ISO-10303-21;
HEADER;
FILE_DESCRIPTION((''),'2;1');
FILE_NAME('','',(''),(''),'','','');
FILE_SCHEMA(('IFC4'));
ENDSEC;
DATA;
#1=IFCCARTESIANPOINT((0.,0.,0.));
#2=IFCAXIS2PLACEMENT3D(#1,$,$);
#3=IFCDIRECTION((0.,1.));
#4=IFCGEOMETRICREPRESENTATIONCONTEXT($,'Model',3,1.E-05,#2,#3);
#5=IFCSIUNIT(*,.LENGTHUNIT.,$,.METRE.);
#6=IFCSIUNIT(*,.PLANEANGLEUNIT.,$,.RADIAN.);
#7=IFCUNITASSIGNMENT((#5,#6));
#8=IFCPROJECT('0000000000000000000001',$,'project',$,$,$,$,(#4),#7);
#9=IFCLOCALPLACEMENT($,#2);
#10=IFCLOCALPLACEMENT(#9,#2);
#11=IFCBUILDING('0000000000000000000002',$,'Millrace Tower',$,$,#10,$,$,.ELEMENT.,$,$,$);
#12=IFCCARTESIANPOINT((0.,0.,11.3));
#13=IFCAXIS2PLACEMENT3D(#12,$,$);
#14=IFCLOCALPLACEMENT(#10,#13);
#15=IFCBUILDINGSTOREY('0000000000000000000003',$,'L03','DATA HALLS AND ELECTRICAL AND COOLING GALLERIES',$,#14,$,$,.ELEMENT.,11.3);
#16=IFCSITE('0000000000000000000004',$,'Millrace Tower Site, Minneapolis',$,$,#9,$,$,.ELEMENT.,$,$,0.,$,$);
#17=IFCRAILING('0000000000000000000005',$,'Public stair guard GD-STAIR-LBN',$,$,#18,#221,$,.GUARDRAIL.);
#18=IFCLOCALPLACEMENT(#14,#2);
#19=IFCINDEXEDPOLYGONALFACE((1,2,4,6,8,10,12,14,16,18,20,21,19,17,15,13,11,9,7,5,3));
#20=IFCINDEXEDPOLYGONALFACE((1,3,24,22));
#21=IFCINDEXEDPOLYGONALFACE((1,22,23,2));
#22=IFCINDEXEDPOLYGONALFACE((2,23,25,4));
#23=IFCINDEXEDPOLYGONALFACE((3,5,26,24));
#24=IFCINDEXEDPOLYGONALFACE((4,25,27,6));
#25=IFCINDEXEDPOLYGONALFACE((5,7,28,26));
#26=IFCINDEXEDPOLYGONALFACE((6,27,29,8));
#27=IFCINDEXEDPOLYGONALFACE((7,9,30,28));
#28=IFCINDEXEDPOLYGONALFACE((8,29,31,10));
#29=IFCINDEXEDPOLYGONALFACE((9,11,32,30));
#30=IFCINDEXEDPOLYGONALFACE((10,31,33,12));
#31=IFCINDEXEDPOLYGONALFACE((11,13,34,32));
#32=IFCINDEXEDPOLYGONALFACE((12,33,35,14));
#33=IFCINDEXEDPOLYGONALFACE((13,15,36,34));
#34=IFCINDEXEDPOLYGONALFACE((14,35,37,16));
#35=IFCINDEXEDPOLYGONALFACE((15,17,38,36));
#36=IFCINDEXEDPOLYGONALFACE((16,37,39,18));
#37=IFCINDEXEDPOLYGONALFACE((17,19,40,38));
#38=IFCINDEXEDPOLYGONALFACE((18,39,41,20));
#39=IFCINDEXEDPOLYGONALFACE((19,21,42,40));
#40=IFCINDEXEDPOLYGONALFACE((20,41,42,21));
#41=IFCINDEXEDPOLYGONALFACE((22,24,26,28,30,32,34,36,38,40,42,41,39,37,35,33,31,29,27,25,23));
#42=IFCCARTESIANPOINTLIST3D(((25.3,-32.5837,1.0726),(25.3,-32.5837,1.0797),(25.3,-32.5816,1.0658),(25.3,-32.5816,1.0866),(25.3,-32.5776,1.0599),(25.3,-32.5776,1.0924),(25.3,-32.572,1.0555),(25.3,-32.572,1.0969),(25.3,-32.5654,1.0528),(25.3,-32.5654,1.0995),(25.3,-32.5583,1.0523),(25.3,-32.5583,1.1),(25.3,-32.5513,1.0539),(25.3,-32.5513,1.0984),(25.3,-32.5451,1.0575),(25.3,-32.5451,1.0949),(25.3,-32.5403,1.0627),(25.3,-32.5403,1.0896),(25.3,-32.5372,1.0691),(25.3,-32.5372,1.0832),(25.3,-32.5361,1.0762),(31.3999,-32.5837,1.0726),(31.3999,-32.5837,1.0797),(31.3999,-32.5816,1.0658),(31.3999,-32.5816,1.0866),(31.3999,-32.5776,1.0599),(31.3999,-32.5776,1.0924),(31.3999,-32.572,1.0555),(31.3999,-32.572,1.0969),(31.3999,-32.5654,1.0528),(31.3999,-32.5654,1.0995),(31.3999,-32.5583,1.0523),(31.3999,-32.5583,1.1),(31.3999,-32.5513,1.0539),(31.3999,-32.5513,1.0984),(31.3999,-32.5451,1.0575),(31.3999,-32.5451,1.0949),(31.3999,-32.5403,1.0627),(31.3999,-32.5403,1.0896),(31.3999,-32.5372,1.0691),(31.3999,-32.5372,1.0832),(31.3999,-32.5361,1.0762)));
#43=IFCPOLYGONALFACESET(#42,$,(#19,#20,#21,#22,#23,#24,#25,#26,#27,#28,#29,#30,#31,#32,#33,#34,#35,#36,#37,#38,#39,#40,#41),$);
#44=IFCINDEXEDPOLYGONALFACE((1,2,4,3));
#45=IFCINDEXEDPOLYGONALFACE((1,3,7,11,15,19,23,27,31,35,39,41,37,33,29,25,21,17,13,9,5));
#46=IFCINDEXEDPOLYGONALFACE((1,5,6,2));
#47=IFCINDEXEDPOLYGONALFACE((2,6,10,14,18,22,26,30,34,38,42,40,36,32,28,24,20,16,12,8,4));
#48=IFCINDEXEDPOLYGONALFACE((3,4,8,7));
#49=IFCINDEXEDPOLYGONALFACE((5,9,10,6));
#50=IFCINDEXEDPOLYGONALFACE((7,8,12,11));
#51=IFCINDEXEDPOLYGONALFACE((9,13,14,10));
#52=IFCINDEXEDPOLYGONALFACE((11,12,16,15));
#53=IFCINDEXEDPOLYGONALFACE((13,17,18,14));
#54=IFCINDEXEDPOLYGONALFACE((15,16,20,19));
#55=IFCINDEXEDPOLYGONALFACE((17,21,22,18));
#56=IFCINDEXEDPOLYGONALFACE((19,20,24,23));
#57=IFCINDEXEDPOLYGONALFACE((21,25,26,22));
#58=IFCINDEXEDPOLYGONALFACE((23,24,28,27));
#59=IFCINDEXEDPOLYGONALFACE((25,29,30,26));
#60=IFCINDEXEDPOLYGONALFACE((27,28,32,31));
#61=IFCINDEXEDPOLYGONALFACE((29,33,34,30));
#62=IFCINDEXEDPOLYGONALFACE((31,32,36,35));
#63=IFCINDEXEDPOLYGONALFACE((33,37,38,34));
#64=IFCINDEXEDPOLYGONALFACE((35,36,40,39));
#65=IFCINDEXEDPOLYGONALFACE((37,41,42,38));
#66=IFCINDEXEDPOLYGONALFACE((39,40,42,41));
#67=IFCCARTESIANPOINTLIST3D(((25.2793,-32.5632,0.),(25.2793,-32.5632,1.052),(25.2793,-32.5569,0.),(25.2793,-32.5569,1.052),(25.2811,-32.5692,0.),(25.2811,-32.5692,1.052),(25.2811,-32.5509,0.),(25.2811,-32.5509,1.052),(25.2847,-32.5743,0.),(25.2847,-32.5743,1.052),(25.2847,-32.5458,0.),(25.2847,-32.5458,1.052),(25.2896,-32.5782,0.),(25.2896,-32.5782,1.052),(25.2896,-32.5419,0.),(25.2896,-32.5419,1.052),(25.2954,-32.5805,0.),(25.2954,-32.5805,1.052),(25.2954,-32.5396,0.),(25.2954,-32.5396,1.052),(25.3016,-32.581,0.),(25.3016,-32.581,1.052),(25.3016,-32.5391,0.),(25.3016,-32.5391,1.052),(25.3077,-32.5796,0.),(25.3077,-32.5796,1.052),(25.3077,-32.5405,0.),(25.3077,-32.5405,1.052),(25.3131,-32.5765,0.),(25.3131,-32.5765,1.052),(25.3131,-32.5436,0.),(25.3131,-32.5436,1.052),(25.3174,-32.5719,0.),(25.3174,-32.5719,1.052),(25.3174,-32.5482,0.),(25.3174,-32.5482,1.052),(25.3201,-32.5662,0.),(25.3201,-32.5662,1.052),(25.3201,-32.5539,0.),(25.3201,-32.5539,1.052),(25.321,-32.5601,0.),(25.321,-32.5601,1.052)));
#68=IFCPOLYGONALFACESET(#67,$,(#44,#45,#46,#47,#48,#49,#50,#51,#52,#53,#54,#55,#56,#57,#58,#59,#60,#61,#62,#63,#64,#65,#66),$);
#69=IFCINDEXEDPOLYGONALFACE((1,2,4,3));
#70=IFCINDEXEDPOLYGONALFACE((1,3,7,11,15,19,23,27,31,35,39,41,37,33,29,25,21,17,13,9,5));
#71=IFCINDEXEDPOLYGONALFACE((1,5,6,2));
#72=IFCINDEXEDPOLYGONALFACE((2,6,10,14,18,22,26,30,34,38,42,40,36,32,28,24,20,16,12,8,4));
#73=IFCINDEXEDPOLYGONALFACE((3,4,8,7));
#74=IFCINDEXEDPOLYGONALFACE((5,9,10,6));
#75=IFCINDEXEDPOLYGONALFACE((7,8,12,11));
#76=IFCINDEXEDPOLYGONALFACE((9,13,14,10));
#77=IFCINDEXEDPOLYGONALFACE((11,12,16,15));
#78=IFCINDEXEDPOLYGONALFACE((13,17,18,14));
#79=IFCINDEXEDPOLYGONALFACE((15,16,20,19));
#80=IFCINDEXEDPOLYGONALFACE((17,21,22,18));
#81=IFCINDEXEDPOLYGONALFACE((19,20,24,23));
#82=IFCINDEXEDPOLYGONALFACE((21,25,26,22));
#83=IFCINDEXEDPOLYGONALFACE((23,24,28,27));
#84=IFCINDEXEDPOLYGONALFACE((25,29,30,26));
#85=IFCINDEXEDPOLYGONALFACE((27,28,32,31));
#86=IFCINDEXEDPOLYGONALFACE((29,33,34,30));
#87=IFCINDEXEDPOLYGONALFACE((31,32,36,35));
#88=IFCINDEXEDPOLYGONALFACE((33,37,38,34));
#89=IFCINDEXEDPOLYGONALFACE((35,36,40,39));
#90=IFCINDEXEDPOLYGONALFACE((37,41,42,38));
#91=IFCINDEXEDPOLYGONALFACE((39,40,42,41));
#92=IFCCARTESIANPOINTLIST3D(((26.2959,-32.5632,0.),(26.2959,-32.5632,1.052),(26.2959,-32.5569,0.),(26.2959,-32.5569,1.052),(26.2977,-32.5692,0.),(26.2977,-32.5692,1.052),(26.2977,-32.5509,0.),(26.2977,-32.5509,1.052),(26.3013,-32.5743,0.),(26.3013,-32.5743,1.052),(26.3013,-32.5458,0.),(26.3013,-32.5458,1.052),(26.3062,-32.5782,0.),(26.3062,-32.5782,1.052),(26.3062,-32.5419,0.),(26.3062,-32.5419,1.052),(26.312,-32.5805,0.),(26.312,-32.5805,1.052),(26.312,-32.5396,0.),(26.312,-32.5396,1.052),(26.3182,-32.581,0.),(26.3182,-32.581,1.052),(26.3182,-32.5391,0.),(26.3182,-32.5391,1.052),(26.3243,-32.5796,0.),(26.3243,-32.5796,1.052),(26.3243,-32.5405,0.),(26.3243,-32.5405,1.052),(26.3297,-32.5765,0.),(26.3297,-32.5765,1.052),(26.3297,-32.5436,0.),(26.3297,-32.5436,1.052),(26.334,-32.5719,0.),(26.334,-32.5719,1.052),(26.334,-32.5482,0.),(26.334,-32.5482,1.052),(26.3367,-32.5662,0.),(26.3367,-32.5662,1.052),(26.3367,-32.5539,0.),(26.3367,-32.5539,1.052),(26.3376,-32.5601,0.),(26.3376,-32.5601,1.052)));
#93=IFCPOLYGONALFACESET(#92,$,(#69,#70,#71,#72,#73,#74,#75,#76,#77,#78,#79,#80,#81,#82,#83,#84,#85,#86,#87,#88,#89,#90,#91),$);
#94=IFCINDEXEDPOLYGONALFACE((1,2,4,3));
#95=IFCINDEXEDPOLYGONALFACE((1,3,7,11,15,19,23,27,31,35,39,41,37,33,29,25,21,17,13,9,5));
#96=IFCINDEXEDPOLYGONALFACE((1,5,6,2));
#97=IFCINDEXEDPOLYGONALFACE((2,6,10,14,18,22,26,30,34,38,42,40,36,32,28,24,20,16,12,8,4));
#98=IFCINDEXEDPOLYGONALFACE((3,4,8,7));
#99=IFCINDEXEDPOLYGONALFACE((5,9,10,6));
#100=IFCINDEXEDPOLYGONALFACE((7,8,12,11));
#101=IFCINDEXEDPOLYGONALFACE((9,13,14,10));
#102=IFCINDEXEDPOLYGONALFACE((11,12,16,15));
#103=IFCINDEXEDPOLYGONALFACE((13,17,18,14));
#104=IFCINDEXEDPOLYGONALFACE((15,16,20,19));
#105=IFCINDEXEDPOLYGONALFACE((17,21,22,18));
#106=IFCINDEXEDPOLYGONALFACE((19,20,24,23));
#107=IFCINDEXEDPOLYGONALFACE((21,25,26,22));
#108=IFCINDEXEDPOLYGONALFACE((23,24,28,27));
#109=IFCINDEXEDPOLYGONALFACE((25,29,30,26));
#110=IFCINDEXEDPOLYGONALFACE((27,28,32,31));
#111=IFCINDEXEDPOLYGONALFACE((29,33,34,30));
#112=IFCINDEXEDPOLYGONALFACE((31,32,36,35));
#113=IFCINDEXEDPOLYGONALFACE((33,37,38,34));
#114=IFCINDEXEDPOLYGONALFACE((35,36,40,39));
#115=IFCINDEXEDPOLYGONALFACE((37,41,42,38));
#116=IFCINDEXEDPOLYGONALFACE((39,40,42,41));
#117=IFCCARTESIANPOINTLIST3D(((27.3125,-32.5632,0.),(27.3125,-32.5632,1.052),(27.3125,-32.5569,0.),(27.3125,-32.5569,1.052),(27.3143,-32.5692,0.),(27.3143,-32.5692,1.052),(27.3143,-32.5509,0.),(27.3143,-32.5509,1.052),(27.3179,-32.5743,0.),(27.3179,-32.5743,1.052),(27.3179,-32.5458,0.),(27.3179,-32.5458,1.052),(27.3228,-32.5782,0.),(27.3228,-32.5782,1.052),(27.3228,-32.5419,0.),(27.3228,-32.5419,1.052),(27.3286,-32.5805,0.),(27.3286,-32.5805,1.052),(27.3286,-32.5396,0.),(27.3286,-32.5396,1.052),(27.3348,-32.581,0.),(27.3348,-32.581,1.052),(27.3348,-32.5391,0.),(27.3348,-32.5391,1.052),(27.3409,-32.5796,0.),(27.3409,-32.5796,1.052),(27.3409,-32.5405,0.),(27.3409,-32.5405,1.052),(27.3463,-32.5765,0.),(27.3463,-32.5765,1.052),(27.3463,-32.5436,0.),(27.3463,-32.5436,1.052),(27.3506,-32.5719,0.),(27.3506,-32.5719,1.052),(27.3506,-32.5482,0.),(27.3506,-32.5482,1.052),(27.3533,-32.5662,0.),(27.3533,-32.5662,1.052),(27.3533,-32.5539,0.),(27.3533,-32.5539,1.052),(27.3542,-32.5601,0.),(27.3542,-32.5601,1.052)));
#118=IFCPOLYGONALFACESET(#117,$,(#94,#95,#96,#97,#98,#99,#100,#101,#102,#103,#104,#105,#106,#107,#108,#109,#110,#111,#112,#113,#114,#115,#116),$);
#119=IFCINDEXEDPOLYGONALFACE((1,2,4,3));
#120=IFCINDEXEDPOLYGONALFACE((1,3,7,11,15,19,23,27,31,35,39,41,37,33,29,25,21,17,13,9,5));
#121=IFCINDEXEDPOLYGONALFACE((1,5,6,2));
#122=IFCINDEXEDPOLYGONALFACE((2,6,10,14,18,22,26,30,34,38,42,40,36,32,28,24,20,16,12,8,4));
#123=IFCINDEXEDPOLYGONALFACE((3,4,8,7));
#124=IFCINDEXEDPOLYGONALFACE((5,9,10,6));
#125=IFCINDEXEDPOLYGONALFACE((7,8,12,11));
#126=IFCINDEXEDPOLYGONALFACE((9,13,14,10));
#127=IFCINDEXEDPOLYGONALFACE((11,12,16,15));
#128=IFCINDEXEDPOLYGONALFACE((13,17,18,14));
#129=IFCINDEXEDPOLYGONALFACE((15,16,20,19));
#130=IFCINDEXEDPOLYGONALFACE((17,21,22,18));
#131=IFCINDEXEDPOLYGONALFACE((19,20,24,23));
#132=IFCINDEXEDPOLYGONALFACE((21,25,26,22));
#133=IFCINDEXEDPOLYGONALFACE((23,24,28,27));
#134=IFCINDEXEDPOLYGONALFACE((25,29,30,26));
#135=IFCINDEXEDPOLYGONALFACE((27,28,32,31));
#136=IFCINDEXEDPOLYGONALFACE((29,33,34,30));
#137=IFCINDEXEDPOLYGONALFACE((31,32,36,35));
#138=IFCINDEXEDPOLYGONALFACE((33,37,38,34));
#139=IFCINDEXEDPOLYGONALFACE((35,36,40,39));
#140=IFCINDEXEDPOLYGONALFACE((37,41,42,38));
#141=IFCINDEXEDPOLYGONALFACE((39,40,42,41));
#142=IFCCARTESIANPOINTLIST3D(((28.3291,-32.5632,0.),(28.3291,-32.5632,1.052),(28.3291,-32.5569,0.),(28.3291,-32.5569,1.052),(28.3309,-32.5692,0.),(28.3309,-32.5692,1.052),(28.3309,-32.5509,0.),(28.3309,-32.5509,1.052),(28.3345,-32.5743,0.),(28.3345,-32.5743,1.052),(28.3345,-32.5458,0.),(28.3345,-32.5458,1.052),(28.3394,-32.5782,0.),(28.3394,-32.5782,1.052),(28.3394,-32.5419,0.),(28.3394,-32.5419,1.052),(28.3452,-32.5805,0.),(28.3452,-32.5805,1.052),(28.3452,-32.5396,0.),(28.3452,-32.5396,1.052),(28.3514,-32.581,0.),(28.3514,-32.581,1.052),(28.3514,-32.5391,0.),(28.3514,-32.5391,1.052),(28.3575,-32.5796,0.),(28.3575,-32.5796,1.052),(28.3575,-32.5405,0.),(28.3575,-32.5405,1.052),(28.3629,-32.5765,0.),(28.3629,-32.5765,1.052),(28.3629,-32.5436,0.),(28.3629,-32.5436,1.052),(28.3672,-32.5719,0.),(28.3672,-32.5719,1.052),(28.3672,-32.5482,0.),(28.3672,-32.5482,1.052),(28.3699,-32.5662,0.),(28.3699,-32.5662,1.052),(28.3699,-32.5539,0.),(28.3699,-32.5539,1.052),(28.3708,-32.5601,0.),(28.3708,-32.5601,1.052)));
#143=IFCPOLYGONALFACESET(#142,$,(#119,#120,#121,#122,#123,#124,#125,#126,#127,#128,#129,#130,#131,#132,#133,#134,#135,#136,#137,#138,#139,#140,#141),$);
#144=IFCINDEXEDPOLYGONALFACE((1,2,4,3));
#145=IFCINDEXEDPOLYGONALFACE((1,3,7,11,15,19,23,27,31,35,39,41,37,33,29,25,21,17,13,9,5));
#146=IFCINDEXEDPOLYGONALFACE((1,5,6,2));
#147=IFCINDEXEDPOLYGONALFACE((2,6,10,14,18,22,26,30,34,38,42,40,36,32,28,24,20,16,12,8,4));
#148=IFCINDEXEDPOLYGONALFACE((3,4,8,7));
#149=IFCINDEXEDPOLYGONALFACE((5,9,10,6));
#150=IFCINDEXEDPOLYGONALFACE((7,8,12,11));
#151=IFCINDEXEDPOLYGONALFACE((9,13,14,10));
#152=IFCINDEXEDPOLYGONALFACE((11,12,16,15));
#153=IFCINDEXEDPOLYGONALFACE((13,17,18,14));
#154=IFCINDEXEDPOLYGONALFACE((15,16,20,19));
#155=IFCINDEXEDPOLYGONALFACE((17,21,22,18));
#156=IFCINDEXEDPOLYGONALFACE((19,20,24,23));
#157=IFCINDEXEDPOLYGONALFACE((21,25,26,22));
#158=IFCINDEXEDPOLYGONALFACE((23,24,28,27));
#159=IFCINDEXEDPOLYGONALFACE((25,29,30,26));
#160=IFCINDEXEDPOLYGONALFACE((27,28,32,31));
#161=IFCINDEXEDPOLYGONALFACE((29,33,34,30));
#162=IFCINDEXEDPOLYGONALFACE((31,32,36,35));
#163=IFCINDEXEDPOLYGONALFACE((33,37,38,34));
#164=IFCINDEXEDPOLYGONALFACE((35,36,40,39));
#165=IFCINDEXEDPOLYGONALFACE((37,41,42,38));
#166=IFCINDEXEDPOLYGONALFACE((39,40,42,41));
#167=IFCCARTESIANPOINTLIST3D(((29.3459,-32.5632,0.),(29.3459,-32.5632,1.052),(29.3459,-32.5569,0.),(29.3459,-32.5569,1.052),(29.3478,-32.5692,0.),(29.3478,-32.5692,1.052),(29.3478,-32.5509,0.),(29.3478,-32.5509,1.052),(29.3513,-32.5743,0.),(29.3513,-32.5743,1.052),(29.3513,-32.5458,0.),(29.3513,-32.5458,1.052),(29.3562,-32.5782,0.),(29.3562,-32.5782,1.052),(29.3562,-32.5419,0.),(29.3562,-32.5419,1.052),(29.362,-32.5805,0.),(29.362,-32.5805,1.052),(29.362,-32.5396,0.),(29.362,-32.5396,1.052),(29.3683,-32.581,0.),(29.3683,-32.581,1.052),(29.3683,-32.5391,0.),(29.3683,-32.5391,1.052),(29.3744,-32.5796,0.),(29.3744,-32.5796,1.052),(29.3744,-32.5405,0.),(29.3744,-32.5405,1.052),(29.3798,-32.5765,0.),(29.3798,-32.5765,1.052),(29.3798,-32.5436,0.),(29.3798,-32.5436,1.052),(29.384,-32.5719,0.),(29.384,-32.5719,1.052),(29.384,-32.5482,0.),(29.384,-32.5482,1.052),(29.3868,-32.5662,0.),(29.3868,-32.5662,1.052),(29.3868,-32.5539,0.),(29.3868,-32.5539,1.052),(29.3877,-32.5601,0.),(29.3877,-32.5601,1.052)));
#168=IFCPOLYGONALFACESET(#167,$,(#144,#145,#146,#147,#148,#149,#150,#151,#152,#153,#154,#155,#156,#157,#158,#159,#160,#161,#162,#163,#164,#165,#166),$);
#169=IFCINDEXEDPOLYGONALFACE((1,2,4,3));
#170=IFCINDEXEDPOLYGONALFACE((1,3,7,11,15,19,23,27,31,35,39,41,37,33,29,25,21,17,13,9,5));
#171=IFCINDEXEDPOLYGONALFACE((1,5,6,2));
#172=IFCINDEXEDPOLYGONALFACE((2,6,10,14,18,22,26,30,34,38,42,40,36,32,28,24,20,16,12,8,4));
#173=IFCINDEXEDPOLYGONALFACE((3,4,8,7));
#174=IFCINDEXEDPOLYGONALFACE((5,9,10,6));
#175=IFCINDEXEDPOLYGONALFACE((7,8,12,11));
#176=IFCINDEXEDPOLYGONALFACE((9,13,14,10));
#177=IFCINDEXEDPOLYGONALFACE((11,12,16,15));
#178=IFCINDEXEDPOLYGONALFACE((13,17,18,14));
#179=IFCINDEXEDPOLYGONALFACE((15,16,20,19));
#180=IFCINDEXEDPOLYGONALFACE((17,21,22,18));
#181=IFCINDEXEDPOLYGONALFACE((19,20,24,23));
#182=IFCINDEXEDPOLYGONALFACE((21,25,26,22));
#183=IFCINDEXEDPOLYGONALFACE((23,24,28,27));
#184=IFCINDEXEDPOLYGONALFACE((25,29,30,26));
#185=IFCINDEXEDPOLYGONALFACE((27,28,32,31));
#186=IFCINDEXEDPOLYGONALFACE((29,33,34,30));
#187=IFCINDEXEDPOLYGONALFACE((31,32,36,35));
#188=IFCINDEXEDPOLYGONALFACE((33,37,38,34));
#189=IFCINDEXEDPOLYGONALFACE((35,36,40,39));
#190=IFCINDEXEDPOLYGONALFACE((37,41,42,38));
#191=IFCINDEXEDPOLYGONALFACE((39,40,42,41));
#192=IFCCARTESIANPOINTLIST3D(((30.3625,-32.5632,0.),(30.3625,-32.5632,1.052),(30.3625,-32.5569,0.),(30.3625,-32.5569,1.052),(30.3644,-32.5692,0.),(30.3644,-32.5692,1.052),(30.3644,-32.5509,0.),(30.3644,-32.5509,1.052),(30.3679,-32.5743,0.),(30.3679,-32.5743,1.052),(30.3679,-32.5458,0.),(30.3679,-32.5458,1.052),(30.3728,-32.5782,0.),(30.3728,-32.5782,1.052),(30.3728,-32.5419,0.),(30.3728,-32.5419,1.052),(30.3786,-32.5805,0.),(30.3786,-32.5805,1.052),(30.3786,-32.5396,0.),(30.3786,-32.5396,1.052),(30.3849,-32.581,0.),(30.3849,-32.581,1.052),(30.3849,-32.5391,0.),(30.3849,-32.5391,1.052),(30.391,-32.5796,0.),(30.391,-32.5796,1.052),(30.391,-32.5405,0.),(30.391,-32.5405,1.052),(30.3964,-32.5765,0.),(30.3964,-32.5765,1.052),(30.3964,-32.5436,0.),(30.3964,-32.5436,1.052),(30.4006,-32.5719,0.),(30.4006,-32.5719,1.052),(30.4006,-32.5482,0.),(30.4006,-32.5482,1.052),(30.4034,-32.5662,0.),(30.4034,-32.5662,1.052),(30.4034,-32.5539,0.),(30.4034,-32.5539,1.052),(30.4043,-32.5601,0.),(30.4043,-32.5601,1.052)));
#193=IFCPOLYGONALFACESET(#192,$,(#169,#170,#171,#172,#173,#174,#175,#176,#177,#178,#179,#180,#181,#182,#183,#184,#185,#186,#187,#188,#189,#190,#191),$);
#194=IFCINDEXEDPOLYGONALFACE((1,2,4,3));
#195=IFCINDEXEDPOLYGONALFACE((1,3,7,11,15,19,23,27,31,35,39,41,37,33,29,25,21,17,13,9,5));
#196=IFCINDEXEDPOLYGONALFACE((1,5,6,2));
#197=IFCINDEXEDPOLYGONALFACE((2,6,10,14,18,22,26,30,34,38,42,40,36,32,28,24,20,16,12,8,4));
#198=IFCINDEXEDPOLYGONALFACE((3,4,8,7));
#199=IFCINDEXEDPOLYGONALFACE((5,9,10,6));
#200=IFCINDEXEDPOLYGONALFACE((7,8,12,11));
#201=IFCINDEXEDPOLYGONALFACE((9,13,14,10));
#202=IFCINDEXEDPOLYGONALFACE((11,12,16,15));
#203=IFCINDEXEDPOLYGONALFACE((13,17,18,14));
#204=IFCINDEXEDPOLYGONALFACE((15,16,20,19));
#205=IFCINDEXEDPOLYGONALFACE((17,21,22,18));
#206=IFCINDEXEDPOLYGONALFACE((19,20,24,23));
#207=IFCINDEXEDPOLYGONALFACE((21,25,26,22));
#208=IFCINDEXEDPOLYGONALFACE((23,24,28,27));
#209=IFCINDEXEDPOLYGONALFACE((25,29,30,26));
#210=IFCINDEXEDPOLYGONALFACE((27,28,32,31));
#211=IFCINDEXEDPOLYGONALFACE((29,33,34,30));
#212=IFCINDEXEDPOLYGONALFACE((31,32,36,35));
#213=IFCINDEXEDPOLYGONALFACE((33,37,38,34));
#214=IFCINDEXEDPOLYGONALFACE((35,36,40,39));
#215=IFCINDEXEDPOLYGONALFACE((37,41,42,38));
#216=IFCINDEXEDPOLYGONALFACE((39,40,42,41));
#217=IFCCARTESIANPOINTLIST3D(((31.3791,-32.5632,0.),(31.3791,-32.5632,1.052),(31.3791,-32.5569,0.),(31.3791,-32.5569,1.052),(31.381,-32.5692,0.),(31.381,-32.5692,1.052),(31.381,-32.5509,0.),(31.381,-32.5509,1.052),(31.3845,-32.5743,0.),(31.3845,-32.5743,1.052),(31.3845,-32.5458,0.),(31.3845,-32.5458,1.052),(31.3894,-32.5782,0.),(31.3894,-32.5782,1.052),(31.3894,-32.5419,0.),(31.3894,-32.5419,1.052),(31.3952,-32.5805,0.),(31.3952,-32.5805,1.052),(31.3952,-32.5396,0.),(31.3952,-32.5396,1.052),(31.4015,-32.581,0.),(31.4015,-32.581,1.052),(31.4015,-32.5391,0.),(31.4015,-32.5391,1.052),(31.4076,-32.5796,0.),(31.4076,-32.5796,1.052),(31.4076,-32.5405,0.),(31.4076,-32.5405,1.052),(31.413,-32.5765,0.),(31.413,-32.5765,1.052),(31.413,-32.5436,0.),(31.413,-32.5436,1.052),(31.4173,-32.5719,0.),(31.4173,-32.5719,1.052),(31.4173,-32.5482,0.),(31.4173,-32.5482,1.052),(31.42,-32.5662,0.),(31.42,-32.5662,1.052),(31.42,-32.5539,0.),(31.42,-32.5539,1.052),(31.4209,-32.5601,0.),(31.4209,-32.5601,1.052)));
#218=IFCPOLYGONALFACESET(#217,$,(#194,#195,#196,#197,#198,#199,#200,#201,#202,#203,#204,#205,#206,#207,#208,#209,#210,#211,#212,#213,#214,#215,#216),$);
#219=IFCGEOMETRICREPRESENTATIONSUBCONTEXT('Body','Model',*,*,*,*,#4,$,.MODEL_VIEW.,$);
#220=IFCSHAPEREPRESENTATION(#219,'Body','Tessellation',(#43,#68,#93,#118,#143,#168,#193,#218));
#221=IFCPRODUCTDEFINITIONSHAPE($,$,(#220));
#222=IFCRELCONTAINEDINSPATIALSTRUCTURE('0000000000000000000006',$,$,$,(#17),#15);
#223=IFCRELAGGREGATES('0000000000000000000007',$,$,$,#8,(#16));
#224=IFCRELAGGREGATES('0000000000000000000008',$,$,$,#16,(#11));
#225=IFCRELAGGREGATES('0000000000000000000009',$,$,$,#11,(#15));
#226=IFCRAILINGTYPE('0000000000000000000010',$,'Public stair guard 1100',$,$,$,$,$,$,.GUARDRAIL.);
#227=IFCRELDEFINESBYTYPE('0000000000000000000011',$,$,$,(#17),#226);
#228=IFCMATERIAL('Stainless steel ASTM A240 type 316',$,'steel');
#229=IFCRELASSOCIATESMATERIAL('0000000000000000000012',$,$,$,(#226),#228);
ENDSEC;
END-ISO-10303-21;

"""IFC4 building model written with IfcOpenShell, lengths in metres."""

from ifc_helpers import new_model, si_unit, direction, frame, origin, origin_2d, place, context, subcontext, project, spatial, circle, extrude, material, type_object, element, save


model = new_model("IFC4")

# Units and contexts
model_context = context("Model", 3, precision=1e-05, world=origin(), true_north=direction((0.0, 1.0)))
body_context = subcontext(model_context, "Body", "Model", "MODEL_VIEW")
ifc_project = project(units=[si_unit("LENGTHUNIT", "METRE"), si_unit("PLANEANGLEUNIT", "RADIAN")], contexts=[model_context])

# Site, building, storey
site_placement = place(None, origin())
site = spatial("IfcSite", under=ifc_project, at=site_placement, Name="Millrace Tower Site, Minneapolis", CompositionType="ELEMENT", RefElevation=0.0)
building_placement = place(site_placement, origin())
building = spatial("IfcBuilding", under=site, at=building_placement, Name="Millrace Tower", CompositionType="ELEMENT")
storey_placement = place(building_placement, frame((0.0, 0.0, 11.3)))
storey = spatial("IfcBuildingStorey", under=building, at=storey_placement, Name="L03", Description="DATA HALLS AND ELECTRICAL AND COOLING GALLERIES", CompositionType="ELEMENT", Elevation=11.3)

# Railing
ifc_material_1 = material(Name="Stainless steel ASTM A240 type 316", Category="steel")
railing_type_1 = type_object("IfcRailingType", Name="Public stair guard 1100", PredefinedType="GUARDRAIL", material=ifc_material_1)
placement_1 = place(storey_placement, frame((25.3, -32.5601, 0.0)))
element("IfcRailing", 1, at=placement_1, inside=storey, type_object=railing_type_1, Name="Public stair guard GD-STAIR-LBN", PredefinedType="GUARDRAIL", context=body_context, shape_type="SweptSolid", body=[
    extrude(circle(Radius=0.0239, at=origin_2d()), frame((0.0, 0.0, 1.0762), z_axis=(1.0, 0.0, 0.0), x_axis=(0.0, 1.0, 0.0)), (0.0, 0.0, 1.0), 6.0999),
    extrude(circle(Radius=0.021, at=origin_2d()), origin(), (0.0, 0.0, 1.0), 1.052),
    extrude(circle(Radius=0.021, at=origin_2d()), frame((1.0166, 0.0, 0.0)), (0.0, 0.0, 1.0), 1.052),
    extrude(circle(Radius=0.021, at=origin_2d()), frame((2.0332, 0.0, 0.0)), (0.0, 0.0, 1.0), 1.052),
    extrude(circle(Radius=0.021, at=origin_2d()), frame((3.0498, 0.0, 0.0)), (0.0, 0.0, 1.0), 1.052),
    extrude(circle(Radius=0.021, at=origin_2d()), frame((4.0667, 0.0, 0.0)), (0.0, 0.0, 1.0), 1.052),
    extrude(circle(Radius=0.021, at=origin_2d()), frame((5.0833, 0.0, 0.0)), (0.0, 0.0, 1.0), 1.052),
    extrude(circle(Radius=0.021, at=origin_2d()), frame((6.0999, 0.0, 0.0)), (0.0, 0.0, 1.0), 1.052),
])

save(model, "model.ifc")
